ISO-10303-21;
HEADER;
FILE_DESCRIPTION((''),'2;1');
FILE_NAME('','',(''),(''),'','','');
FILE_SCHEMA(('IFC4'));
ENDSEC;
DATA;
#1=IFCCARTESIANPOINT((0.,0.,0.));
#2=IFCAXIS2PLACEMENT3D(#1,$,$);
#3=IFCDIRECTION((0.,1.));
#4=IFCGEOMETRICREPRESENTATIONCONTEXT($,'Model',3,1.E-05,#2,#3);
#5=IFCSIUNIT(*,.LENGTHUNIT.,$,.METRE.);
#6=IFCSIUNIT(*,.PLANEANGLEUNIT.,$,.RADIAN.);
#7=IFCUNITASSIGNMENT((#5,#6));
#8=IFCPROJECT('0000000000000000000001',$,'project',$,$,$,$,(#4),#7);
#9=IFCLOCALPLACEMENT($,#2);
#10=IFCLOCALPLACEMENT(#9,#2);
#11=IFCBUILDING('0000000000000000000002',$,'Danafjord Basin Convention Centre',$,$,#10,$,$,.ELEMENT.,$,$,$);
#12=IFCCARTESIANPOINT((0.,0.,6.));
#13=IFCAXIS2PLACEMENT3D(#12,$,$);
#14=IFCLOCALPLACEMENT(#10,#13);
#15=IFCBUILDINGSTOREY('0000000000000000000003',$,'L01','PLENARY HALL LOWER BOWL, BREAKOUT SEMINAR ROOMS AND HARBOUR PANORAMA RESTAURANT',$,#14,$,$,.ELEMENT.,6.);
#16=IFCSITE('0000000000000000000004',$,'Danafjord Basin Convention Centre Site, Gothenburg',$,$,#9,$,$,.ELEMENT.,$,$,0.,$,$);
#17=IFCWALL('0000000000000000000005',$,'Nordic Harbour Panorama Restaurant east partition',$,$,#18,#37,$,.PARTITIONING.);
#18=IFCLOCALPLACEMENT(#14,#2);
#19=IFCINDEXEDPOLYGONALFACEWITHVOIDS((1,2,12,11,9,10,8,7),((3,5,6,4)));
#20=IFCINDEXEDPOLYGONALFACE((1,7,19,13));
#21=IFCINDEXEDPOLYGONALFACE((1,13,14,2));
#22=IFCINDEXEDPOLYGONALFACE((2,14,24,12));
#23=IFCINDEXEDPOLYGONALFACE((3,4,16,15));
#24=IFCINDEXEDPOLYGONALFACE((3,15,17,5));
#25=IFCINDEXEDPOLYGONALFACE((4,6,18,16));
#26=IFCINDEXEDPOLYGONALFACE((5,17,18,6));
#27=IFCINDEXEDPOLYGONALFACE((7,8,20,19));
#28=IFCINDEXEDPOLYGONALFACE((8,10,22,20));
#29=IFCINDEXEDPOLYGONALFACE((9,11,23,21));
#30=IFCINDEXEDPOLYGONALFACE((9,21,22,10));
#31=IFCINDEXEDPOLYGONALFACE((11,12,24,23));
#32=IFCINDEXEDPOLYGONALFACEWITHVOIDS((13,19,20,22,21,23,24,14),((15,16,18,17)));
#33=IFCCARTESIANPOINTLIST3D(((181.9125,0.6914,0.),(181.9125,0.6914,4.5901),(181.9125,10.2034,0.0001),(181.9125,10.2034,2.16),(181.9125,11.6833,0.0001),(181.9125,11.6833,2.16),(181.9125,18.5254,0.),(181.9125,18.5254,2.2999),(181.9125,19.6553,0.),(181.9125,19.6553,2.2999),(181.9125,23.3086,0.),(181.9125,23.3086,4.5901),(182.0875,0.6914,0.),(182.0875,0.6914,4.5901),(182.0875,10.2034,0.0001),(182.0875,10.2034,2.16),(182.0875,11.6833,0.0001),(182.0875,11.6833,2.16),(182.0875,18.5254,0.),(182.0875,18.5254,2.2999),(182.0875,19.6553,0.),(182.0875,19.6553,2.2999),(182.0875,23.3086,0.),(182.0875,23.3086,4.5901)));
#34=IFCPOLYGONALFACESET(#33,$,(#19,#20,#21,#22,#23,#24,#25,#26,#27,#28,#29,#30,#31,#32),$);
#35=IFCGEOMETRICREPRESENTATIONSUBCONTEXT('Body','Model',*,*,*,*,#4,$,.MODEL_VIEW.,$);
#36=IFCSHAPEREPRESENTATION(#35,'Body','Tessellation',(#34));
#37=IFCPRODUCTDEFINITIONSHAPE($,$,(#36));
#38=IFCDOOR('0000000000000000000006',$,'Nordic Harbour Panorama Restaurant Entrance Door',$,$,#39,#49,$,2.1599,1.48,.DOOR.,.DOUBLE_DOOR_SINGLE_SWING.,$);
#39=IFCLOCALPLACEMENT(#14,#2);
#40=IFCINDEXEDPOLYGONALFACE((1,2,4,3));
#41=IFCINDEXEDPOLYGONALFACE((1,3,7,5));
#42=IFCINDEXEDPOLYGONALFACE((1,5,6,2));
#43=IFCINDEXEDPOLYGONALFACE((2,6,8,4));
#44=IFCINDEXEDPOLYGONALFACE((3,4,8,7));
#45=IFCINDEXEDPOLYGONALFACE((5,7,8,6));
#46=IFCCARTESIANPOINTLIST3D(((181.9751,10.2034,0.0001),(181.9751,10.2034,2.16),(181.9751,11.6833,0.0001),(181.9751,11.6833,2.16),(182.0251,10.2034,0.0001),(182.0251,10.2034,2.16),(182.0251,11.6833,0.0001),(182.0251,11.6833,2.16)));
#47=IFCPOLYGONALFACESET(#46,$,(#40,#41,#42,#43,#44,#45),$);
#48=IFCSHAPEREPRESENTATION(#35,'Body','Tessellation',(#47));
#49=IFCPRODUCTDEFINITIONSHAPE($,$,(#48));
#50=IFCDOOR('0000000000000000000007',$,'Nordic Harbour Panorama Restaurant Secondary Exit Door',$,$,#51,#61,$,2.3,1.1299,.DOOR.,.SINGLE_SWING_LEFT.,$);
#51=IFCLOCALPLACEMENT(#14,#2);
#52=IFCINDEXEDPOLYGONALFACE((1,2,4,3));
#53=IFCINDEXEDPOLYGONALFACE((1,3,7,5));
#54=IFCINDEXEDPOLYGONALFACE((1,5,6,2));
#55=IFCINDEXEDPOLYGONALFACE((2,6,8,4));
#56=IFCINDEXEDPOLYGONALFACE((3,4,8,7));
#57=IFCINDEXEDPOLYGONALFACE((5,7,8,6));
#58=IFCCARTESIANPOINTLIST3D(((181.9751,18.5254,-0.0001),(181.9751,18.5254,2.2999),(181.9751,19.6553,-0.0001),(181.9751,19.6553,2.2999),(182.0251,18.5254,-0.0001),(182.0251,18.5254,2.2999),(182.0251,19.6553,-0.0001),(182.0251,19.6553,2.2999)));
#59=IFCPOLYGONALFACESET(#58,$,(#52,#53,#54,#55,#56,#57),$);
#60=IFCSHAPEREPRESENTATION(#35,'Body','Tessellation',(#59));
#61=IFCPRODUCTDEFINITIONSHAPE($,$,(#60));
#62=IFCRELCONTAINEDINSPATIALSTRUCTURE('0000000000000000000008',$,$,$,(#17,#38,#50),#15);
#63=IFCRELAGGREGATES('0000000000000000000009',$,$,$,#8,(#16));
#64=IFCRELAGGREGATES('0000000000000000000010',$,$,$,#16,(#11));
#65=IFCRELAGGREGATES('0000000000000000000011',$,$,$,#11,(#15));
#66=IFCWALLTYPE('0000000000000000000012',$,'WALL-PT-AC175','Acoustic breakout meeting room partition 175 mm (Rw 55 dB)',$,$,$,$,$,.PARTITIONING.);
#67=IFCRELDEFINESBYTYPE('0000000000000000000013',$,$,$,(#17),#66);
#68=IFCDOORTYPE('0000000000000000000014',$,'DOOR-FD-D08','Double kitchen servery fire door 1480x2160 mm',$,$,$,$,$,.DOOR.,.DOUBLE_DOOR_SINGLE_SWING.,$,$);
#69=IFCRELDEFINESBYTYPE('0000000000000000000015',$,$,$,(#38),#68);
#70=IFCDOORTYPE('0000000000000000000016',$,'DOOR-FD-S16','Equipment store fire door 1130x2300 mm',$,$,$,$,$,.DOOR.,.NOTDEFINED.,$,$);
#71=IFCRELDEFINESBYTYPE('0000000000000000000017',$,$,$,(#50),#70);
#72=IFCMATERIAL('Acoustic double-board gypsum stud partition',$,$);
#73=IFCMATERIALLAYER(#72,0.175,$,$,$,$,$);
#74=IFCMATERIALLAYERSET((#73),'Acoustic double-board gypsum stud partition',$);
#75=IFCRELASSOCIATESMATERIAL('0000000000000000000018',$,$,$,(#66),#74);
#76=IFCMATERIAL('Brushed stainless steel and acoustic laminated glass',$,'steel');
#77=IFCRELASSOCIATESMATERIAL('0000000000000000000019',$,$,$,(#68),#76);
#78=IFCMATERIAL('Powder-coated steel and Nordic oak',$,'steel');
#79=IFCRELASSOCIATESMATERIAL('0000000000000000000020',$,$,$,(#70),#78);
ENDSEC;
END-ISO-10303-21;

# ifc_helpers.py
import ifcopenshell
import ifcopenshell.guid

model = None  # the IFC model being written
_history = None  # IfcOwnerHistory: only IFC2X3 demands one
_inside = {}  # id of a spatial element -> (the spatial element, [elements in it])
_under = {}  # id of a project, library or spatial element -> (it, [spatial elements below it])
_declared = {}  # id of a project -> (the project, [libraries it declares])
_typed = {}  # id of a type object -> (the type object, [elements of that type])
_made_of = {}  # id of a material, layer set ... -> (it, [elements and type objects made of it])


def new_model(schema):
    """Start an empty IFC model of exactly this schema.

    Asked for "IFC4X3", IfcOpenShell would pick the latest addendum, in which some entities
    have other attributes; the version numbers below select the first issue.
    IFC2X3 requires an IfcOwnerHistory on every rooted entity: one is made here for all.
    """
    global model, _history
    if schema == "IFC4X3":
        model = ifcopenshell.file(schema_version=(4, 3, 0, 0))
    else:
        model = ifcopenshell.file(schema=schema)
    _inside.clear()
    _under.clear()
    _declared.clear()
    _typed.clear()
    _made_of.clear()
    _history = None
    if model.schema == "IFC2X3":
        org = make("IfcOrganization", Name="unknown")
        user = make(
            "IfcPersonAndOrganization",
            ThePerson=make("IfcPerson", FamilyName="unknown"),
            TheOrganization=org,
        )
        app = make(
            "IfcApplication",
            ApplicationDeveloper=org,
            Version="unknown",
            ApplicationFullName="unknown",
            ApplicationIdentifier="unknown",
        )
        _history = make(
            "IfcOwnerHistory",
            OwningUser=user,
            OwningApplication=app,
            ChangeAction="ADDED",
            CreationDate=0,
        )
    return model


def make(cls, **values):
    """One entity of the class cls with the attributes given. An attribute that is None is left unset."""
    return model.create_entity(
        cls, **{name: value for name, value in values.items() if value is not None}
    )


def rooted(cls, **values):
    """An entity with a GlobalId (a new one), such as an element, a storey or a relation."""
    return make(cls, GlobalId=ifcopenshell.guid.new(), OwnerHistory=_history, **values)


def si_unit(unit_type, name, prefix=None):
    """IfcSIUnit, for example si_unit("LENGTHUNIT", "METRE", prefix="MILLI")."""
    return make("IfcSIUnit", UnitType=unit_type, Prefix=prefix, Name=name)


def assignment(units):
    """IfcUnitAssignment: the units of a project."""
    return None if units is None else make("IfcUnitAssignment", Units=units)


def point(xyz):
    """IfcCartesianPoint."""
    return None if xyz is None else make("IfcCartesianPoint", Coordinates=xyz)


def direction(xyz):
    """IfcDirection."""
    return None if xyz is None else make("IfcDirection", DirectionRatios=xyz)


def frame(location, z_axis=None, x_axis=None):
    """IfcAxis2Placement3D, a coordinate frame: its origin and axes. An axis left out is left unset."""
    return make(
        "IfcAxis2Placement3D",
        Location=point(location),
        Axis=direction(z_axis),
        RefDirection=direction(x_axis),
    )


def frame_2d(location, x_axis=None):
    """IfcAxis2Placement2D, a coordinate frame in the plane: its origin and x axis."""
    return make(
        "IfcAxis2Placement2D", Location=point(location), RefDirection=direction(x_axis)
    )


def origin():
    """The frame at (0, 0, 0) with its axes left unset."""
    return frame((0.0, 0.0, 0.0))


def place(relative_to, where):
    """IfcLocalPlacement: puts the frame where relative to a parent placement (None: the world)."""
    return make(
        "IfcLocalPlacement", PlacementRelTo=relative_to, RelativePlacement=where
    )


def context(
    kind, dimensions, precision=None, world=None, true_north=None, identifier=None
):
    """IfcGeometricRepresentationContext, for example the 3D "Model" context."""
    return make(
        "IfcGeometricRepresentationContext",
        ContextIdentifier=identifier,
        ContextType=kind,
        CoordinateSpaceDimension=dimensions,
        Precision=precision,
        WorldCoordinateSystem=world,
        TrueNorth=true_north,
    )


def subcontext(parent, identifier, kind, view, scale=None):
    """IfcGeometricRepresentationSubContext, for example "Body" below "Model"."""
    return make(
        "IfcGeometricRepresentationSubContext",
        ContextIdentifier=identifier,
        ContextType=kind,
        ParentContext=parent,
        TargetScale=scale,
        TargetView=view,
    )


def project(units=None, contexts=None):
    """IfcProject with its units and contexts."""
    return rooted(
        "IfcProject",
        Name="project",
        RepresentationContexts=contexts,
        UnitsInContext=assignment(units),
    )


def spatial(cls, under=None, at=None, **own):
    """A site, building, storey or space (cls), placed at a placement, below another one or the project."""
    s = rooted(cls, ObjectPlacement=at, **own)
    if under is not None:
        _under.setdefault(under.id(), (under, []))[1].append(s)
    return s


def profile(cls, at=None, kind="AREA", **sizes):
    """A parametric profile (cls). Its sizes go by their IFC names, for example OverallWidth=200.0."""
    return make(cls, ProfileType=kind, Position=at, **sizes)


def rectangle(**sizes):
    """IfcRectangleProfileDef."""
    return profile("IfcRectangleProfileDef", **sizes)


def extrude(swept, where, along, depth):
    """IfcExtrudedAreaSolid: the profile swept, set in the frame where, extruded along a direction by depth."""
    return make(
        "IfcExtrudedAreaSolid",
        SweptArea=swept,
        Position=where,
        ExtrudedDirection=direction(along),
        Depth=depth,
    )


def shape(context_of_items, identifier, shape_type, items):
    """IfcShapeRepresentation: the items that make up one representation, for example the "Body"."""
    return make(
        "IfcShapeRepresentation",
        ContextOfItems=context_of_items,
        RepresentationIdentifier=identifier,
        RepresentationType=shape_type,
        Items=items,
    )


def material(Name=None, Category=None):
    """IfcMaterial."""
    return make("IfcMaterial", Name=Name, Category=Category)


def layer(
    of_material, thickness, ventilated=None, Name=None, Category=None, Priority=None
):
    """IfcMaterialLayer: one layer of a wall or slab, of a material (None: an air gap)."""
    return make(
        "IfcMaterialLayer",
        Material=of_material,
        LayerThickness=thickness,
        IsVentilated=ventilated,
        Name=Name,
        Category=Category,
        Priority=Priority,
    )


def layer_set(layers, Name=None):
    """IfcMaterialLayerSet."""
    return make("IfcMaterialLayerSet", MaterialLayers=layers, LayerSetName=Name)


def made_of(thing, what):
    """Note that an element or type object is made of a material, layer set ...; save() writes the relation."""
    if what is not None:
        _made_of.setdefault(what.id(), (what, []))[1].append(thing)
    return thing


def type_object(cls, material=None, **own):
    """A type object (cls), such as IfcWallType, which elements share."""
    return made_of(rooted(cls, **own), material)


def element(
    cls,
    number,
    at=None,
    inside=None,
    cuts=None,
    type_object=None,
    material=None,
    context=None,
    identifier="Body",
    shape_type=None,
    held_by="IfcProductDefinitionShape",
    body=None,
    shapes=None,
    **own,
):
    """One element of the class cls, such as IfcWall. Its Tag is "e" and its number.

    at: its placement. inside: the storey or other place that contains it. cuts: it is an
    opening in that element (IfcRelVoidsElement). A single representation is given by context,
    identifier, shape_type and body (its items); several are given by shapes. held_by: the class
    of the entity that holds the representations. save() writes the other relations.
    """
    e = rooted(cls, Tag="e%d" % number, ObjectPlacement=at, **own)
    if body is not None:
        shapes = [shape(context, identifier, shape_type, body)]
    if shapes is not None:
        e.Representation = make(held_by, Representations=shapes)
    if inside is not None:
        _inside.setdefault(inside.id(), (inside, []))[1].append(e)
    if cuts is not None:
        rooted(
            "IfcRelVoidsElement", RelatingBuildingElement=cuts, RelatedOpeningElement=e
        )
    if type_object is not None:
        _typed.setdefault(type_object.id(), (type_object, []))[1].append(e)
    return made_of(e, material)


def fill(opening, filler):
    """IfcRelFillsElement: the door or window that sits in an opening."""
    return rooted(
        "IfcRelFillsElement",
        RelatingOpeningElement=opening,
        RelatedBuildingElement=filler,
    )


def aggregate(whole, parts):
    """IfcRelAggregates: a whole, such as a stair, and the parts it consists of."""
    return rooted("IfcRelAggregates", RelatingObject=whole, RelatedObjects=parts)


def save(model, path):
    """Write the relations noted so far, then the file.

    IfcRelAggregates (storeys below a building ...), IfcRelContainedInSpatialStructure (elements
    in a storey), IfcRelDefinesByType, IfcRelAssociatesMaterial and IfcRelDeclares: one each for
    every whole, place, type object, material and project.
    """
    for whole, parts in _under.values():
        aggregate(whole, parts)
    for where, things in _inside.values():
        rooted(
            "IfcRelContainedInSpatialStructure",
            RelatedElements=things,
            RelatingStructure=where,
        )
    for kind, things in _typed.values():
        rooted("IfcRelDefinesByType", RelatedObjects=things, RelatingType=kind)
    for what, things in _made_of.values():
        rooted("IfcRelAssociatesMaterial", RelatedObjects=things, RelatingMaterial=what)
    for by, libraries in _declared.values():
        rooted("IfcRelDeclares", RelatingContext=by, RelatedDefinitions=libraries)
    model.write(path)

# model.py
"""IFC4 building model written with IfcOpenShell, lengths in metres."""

from ifc_helpers import new_model, si_unit, direction, frame, frame_2d, origin, place, context, subcontext, project, spatial, rectangle, extrude, material, layer, layer_set, type_object, element, fill, save


model = new_model("IFC4")

# Units and contexts
model_context = context("Model", 3, precision=1e-05, world=origin(), true_north=direction((0.0, 1.0)))
body_context = subcontext(model_context, "Body", "Model", "MODEL_VIEW")
ifc_project = project(units=[si_unit("LENGTHUNIT", "METRE"), si_unit("PLANEANGLEUNIT", "RADIAN")], contexts=[model_context])

# Site, building, storey
site_placement = place(None, origin())
site = spatial("IfcSite", under=ifc_project, at=site_placement, Name="Danafjord Basin Convention Centre Site, Gothenburg", CompositionType="ELEMENT", RefElevation=0.0)
building_placement = place(site_placement, origin())
building = spatial("IfcBuilding", under=site, at=building_placement, Name="Danafjord Basin Convention Centre", CompositionType="ELEMENT")
storey_placement = place(building_placement, frame((0.0, 0.0, 6.0)))
storey = spatial("IfcBuildingStorey", under=building, at=storey_placement, Name="L01", Description="PLENARY HALL LOWER BOWL, BREAKOUT SEMINAR ROOMS AND HARBOUR PANORAMA RESTAURANT", CompositionType="ELEMENT", Elevation=6.0)

# Wall, openings, doors
ifc_material_1 = material(Name="Acoustic double-board gypsum stud partition")
ifc_layer_1 = layer(ifc_material_1, 0.175)
ifc_layer_set_1 = layer_set([ifc_layer_1], Name="Acoustic double-board gypsum stud partition")
wall_type_1 = type_object("IfcWallType", Name="WALL-PT-AC175", Description="Acoustic breakout meeting room partition 175 mm (Rw 55 dB)", PredefinedType="PARTITIONING", material=ifc_layer_set_1)
wall_1_placement = place(storey_placement, frame((182.0, 0.6914, 0.0), z_axis=(0.0, 0.0, 1.0), x_axis=(0.0, 1.0, 0.0)))
wall_1 = element("IfcWall", 1, at=wall_1_placement, inside=storey, type_object=wall_type_1, Name="Nordic Harbour Panorama Restaurant east partition", PredefinedType="PARTITIONING", context=body_context, shape_type="SweptSolid", body=[
    extrude(rectangle(XDim=22.6172, YDim=0.175, at=frame_2d((11.3086, 0.0))), origin(), (0.0, 0.0, 1.0), 4.5901),
])
opening_1_placement = place(wall_1_placement, frame((9.512, 0.0, 0.0)))
opening_1 = element("IfcOpeningElement", 2, at=opening_1_placement, cuts=wall_1, PredefinedType="OPENING", context=body_context, shape_type="SweptSolid", body=[
    extrude(rectangle(XDim=1.48, YDim=2.1599, at=frame_2d((0.74, 1.0801))), frame((0.0, 0.0974, 0.0), z_axis=(0.0, -1.0, 0.0), x_axis=(1.0, 0.0, 0.0)), (0.0, 0.0, 1.0), 0.1951),
])
opening_2_placement = place(wall_1_placement, frame((17.834, 0.0, 0.0)))
opening_2 = element("IfcOpeningElement", 3, at=opening_2_placement, cuts=wall_1, PredefinedType="OPENING", context=body_context, shape_type="SweptSolid", body=[
    extrude(rectangle(XDim=1.1299, YDim=2.3, at=frame_2d((0.5649, 1.1499))), frame((0.0, 0.0974, 0.0), z_axis=(0.0, -1.0, 0.0), x_axis=(1.0, 0.0, 0.0)), (0.0, 0.0, 1.0), 0.1951),
])
ifc_material_2 = material(Name="Brushed stainless steel and acoustic laminated glass", Category="steel")
door_type_1 = type_object("IfcDoorType", Name="DOOR-FD-D08", Description="Double kitchen servery fire door 1480x2160 mm", OperationType="DOUBLE_DOOR_SINGLE_SWING", PredefinedType="DOOR", material=ifc_material_2)
door_1_placement = place(opening_1_placement, origin())
door_1 = element("IfcDoor", 4, at=door_1_placement, inside=storey, type_object=door_type_1, Name="Nordic Harbour Panorama Restaurant Entrance Door", OperationType="DOUBLE_DOOR_SINGLE_SWING", OverallHeight=2.1599, OverallWidth=1.48, PredefinedType="DOOR", context=body_context, shape_type="SweptSolid", body=[
    extrude(rectangle(XDim=1.48, YDim=2.1599, at=frame_2d((0.74, 1.0801))), frame((0.0, 0.0249, 0.0), z_axis=(0.0, -1.0, 0.0), x_axis=(1.0, 0.0, 0.0)), (0.0, 0.0, 1.0), 0.05),
])
fill(opening_1, door_1)
ifc_material_3 = material(Name="Powder-coated steel and Nordic oak", Category="steel")
door_type_2 = type_object("IfcDoorType", Name="DOOR-FD-S16", Description="Equipment store fire door 1130x2300 mm", OperationType="NOTDEFINED", PredefinedType="DOOR", material=ifc_material_3)
door_2_placement = place(opening_2_placement, origin())
door_2 = element("IfcDoor", 5, at=door_2_placement, inside=storey, type_object=door_type_2, Name="Nordic Harbour Panorama Restaurant Secondary Exit Door", OperationType="SINGLE_SWING_LEFT", OverallHeight=2.3, OverallWidth=1.1299, PredefinedType="DOOR", context=body_context, shape_type="SweptSolid", body=[
    extrude(rectangle(XDim=1.1299, YDim=2.3, at=frame_2d((0.5649, 1.1499))), frame((0.0, 0.0249, 0.0), z_axis=(0.0, -1.0, 0.0), x_axis=(1.0, 0.0, 0.0)), (0.0, 0.0, 1.0), 0.05),
])
fill(opening_2, door_2)

save(model, "model.ifc")
